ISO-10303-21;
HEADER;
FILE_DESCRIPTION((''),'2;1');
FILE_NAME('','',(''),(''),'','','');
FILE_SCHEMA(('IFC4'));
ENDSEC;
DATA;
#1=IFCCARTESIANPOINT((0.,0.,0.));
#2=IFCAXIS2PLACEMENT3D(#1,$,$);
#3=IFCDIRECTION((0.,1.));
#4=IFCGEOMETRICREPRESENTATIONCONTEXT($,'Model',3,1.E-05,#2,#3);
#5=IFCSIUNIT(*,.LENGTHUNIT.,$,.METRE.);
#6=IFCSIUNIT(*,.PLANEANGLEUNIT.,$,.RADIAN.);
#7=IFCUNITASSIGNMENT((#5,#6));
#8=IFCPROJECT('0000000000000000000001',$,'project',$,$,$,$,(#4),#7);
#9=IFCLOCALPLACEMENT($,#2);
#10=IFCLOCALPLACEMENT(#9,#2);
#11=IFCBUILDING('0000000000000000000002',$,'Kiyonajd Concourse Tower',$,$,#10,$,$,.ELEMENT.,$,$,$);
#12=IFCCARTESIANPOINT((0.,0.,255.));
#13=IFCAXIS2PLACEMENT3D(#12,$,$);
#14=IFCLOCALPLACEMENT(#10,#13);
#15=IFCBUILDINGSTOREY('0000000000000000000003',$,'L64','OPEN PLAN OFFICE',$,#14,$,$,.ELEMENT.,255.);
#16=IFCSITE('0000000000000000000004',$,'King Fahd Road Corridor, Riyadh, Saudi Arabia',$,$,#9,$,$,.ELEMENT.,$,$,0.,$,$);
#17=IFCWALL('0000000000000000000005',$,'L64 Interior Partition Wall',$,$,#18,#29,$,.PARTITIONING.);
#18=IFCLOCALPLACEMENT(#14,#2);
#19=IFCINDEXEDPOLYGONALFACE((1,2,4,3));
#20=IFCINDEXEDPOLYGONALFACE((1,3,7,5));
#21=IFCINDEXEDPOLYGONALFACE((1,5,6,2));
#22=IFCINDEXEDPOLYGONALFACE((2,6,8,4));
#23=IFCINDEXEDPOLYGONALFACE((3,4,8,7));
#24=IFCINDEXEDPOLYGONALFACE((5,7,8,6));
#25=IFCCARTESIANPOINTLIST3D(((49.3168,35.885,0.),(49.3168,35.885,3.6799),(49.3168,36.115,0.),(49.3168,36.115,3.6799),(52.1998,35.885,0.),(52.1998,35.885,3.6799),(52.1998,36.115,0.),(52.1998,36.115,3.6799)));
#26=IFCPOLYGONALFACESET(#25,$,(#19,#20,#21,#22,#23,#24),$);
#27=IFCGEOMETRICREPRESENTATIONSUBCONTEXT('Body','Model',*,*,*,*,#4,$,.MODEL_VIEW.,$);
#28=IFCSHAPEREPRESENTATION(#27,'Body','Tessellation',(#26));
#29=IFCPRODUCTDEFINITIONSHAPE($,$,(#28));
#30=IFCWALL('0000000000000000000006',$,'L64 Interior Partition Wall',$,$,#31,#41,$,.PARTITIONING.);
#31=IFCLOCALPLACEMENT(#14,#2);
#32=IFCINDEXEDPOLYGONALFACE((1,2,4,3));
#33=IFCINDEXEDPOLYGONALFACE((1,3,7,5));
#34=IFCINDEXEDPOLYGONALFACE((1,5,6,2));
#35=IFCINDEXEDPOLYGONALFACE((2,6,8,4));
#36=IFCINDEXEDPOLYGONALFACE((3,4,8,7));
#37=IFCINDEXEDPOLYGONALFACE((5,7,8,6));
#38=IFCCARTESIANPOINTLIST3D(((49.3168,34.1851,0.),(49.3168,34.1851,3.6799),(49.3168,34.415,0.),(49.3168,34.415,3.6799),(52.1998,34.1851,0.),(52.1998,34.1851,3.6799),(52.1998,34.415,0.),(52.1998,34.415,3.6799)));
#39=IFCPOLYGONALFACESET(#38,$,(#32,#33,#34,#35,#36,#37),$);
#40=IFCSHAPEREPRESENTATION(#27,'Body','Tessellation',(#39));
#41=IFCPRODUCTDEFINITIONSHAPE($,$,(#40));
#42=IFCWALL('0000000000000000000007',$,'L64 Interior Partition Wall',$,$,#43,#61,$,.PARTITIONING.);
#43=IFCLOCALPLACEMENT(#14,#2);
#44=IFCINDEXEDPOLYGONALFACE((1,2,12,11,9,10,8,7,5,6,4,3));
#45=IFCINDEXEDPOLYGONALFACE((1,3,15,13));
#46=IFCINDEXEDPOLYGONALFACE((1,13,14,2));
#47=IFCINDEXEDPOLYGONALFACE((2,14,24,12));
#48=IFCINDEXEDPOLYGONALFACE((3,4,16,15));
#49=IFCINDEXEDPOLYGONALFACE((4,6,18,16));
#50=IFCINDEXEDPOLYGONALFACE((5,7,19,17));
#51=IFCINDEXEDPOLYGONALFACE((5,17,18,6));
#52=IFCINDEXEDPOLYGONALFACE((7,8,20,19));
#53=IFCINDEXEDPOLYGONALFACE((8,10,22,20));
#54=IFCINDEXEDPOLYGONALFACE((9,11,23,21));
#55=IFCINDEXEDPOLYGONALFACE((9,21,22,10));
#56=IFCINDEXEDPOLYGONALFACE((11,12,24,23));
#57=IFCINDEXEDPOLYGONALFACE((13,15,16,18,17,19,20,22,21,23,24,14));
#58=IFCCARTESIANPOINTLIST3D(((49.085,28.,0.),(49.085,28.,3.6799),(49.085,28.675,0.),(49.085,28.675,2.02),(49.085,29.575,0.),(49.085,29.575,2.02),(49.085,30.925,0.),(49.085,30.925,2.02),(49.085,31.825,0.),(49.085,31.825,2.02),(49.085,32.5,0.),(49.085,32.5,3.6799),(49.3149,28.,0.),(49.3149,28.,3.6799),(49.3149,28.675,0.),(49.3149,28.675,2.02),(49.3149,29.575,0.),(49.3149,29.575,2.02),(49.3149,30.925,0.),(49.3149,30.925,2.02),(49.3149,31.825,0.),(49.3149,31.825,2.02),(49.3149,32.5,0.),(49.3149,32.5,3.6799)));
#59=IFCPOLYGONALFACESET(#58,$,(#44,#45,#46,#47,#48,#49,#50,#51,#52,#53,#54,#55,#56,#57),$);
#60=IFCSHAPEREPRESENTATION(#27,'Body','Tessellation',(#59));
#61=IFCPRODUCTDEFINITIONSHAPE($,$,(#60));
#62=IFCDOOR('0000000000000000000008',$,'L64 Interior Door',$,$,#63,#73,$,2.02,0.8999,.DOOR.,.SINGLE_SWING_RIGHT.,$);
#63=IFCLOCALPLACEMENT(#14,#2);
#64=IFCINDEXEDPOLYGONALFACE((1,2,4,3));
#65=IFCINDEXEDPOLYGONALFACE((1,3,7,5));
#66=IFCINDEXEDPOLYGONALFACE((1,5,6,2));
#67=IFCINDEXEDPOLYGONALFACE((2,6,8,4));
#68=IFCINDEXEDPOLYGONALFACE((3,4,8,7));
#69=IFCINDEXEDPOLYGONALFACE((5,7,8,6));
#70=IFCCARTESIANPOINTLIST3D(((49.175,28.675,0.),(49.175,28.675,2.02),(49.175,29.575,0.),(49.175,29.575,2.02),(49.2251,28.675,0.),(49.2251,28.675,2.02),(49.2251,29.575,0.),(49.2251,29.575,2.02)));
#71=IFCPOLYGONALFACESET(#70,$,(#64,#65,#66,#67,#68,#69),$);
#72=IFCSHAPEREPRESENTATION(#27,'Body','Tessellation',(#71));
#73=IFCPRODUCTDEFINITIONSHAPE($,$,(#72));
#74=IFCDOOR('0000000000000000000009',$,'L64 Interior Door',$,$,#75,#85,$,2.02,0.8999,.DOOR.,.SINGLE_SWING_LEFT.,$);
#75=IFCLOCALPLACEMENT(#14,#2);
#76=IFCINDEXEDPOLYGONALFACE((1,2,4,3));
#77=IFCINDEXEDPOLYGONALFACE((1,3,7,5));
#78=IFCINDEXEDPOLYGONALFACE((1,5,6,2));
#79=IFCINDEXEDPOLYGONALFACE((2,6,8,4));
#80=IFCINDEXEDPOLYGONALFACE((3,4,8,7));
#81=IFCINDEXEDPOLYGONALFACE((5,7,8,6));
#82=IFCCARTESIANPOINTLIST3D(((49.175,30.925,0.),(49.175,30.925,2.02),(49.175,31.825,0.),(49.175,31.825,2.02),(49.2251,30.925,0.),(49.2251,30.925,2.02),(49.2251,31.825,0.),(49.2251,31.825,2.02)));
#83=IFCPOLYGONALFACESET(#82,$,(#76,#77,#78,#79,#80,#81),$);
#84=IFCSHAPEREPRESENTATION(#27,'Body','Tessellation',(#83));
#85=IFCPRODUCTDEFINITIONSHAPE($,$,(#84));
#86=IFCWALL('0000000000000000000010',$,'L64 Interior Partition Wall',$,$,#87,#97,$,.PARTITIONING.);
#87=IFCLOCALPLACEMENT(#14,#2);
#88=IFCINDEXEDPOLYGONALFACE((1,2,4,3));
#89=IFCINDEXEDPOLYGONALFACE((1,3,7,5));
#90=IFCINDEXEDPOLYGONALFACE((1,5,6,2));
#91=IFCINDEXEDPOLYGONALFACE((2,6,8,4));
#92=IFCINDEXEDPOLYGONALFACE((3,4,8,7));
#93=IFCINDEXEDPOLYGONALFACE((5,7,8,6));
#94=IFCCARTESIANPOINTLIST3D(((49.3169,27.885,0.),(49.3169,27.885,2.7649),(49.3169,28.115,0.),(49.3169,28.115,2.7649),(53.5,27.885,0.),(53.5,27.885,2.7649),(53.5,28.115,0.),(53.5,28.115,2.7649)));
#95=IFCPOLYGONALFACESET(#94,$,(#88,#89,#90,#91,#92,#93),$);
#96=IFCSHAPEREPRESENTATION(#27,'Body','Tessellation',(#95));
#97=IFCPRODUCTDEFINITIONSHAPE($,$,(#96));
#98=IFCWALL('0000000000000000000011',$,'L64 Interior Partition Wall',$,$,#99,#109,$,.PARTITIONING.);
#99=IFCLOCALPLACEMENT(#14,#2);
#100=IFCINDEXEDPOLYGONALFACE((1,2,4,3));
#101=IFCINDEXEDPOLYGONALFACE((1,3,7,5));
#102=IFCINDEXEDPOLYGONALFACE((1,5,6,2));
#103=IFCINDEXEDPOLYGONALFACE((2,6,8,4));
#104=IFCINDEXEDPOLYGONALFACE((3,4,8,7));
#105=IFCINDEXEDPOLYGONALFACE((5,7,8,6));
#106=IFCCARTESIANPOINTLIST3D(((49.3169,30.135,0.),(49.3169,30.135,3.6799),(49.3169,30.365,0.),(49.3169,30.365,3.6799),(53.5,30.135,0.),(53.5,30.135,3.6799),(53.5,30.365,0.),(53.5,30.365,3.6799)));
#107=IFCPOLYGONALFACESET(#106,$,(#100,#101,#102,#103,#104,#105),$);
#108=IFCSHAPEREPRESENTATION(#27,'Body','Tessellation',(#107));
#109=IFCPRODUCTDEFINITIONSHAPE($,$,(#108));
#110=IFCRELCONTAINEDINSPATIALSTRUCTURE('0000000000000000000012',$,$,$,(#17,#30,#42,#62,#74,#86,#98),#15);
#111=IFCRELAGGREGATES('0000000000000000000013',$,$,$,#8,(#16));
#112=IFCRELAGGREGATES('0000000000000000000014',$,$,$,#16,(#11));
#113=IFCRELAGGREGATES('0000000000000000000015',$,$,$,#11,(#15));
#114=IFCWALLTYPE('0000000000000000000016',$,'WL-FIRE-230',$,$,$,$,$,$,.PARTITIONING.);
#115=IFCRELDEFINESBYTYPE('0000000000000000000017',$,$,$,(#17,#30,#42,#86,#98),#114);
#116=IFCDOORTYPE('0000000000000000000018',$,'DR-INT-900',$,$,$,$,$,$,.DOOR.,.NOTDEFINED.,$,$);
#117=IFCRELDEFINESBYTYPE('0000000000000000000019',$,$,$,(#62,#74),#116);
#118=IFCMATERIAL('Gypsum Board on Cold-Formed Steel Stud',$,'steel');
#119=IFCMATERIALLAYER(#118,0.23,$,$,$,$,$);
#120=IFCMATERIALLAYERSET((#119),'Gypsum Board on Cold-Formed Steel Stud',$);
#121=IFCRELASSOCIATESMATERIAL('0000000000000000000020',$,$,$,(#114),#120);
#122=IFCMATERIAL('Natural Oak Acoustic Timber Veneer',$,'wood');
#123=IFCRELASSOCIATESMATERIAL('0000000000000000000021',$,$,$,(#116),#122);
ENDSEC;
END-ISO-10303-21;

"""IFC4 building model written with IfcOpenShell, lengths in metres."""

from ifc_helpers import new_model, si_unit, direction, frame, frame_2d, origin, place, context, subcontext, project, spatial, rectangle, extrude, material, layer, layer_set, type_object, element, fill, save


model = new_model("IFC4")

# Units and contexts
model_context = context("Model", 3, precision=1e-05, world=origin(), true_north=direction((0.0, 1.0)))
body_context = subcontext(model_context, "Body", "Model", "MODEL_VIEW")
ifc_project = project(units=[si_unit("LENGTHUNIT", "METRE"), si_unit("PLANEANGLEUNIT", "RADIAN")], contexts=[model_context])

# Site, building, storey
site_placement = place(None, origin())
site = spatial("IfcSite", under=ifc_project, at=site_placement, Name="King Fahd Road Corridor, Riyadh, Saudi Arabia", CompositionType="ELEMENT", RefElevation=0.0)
building_placement = place(site_placement, origin())
building = spatial("IfcBuilding", under=site, at=building_placement, Name="Kiyonajd Concourse Tower", CompositionType="ELEMENT")
storey_placement = place(building_placement, frame((0.0, 0.0, 255.0)))
storey = spatial("IfcBuildingStorey", under=building, at=storey_placement, Name="L64", Description="OPEN PLAN OFFICE", CompositionType="ELEMENT", Elevation=255.0)

# Shared definitions
ifc_material_1 = material(Name="Gypsum Board on Cold-Formed Steel Stud", Category="steel")
ifc_layer = layer(ifc_material_1, 0.23)
ifc_layer_set = layer_set([ifc_layer], Name="Gypsum Board on Cold-Formed Steel Stud")
wall_type = type_object("IfcWallType", Name="WL-FIRE-230", PredefinedType="PARTITIONING", material=ifc_layer_set)
ifc_material_2 = material(Name="Natural Oak Acoustic Timber Veneer", Category="wood")
door_type_1 = type_object("IfcDoorType", Name="DR-INT-900", OperationType="NOTDEFINED", PredefinedType="DOOR", material=ifc_material_2)

# Walls
for number, where, z_axis, x_axis, name in (
    (1, (49.3169, 36.0, 0.0), (0.0, 0.0, 1.0), (1.0, 0.0, 0.0), "L64 Interior Partition Wall"),
    (2, (49.3169, 34.3, 0.0), (0.0, 0.0, 1.0), (1.0, 0.0, 0.0), "L64 Interior Partition Wall"),
):
    element("IfcWall", number, at=place(storey_placement, frame(where, z_axis=z_axis, x_axis=x_axis)), inside=storey, type_object=wall_type, Name=name, PredefinedType="PARTITIONING", context=body_context, shape_type="SweptSolid", body=[
        extrude(rectangle(XDim=2.8831, YDim=0.23, at=frame_2d((1.4414, 0.0))), origin(), (0.0, 0.0, 1.0), 3.6799),
    ])

# Wall, openings, doors
wall_1_placement = place(storey_placement, frame((49.2, 28.0, 0.0), z_axis=(0.0, 0.0, 1.0), x_axis=(0.0, 1.0, 0.0)))
wall_1 = element("IfcWall", 3, at=wall_1_placement, inside=storey, type_object=wall_type, Name="L64 Interior Partition Wall", PredefinedType="PARTITIONING", context=body_context, shape_type="SweptSolid", body=[
    extrude(rectangle(XDim=4.5, YDim=0.23, at=frame_2d((2.25, 0.0))), origin(), (0.0, 0.0, 1.0), 3.6799),
])
opening_1_placement = place(wall_1_placement, frame((0.675, 0.0, 0.0)))
opening_1 = element("IfcOpeningElement", 4, at=opening_1_placement, cuts=wall_1, PredefinedType="OPENING", context=body_context, shape_type="SweptSolid", body=[
    extrude(rectangle(XDim=0.8999, YDim=2.02, at=frame_2d((0.45, 1.01))), frame((0.0, 0.125, 0.0), z_axis=(0.0, -1.0, 0.0), x_axis=(1.0, 0.0, 0.0)), (0.0, 0.0, 1.0), 0.25),
])
opening_2_placement = place(wall_1_placement, frame((2.925, 0.0, 0.0)))
opening_2 = element("IfcOpeningElement", 5, at=opening_2_placement, cuts=wall_1, PredefinedType="OPENING", context=body_context, shape_type="SweptSolid", body=[
    extrude(rectangle(XDim=0.8999, YDim=2.02, at=frame_2d((0.45, 1.01))), frame((0.0, 0.125, 0.0), z_axis=(0.0, -1.0, 0.0), x_axis=(1.0, 0.0, 0.0)), (0.0, 0.0, 1.0), 0.25),
])
door_1_placement = place(opening_1_placement, origin())
door_1 = element("IfcDoor", 6, at=door_1_placement, inside=storey, type_object=door_type_1, Name="L64 Interior Door", OperationType="SINGLE_SWING_RIGHT", OverallHeight=2.02, OverallWidth=0.8999, PredefinedType="DOOR", context=body_context, shape_type="SweptSolid", body=[
    extrude(rectangle(XDim=0.8999, YDim=2.02, at=frame_2d((0.45, 1.01))), frame((0.0, 0.0249, 0.0), z_axis=(0.0, -1.0, 0.0), x_axis=(1.0, 0.0, 0.0)), (0.0, 0.0, 1.0), 0.05),
])
fill(opening_1, door_1)
door_2_placement = place(opening_2_placement, origin())
door_2 = element("IfcDoor", 7, at=door_2_placement, inside=storey, type_object=door_type_1, Name="L64 Interior Door", OperationType="SINGLE_SWING_LEFT", OverallHeight=2.02, OverallWidth=0.8999, PredefinedType="DOOR", context=body_context, shape_type="SweptSolid", body=[
    extrude(rectangle(XDim=0.8999, YDim=2.02, at=frame_2d((0.45, 1.01))), frame((0.0, 0.0249, 0.0), z_axis=(0.0, -1.0, 0.0), x_axis=(1.0, 0.0, 0.0)), (0.0, 0.0, 1.0), 0.05),
])
fill(opening_2, door_2)

# Walls
wall_2_placement = place(storey_placement, frame((49.3169, 28.0, 0.0), z_axis=(0.0, 0.0, 1.0), x_axis=(1.0, 0.0, 0.0)))
element("IfcWall", 8, at=wall_2_placement, inside=storey, type_object=wall_type, Name="L64 Interior Partition Wall", PredefinedType="PARTITIONING", context=body_context, shape_type="SweptSolid", body=[
    extrude(rectangle(XDim=4.1831, YDim=0.23, at=frame_2d((2.0916, 0.0))), origin(), (0.0, 0.0, 1.0), 2.7649),
])
wall_3_placement = place(storey_placement, frame((49.3169, 30.25, 0.0), z_axis=(0.0, 0.0, 1.0), x_axis=(1.0, 0.0, 0.0)))
element("IfcWall", 9, at=wall_3_placement, inside=storey, type_object=wall_type, Name="L64 Interior Partition Wall", PredefinedType="PARTITIONING", context=body_context, shape_type="SweptSolid", body=[
    extrude(rectangle(XDim=4.1831, YDim=0.23, at=frame_2d((2.0916, 0.0))), origin(), (0.0, 0.0, 1.0), 3.6799),
])

save(model, "model.ifc")
